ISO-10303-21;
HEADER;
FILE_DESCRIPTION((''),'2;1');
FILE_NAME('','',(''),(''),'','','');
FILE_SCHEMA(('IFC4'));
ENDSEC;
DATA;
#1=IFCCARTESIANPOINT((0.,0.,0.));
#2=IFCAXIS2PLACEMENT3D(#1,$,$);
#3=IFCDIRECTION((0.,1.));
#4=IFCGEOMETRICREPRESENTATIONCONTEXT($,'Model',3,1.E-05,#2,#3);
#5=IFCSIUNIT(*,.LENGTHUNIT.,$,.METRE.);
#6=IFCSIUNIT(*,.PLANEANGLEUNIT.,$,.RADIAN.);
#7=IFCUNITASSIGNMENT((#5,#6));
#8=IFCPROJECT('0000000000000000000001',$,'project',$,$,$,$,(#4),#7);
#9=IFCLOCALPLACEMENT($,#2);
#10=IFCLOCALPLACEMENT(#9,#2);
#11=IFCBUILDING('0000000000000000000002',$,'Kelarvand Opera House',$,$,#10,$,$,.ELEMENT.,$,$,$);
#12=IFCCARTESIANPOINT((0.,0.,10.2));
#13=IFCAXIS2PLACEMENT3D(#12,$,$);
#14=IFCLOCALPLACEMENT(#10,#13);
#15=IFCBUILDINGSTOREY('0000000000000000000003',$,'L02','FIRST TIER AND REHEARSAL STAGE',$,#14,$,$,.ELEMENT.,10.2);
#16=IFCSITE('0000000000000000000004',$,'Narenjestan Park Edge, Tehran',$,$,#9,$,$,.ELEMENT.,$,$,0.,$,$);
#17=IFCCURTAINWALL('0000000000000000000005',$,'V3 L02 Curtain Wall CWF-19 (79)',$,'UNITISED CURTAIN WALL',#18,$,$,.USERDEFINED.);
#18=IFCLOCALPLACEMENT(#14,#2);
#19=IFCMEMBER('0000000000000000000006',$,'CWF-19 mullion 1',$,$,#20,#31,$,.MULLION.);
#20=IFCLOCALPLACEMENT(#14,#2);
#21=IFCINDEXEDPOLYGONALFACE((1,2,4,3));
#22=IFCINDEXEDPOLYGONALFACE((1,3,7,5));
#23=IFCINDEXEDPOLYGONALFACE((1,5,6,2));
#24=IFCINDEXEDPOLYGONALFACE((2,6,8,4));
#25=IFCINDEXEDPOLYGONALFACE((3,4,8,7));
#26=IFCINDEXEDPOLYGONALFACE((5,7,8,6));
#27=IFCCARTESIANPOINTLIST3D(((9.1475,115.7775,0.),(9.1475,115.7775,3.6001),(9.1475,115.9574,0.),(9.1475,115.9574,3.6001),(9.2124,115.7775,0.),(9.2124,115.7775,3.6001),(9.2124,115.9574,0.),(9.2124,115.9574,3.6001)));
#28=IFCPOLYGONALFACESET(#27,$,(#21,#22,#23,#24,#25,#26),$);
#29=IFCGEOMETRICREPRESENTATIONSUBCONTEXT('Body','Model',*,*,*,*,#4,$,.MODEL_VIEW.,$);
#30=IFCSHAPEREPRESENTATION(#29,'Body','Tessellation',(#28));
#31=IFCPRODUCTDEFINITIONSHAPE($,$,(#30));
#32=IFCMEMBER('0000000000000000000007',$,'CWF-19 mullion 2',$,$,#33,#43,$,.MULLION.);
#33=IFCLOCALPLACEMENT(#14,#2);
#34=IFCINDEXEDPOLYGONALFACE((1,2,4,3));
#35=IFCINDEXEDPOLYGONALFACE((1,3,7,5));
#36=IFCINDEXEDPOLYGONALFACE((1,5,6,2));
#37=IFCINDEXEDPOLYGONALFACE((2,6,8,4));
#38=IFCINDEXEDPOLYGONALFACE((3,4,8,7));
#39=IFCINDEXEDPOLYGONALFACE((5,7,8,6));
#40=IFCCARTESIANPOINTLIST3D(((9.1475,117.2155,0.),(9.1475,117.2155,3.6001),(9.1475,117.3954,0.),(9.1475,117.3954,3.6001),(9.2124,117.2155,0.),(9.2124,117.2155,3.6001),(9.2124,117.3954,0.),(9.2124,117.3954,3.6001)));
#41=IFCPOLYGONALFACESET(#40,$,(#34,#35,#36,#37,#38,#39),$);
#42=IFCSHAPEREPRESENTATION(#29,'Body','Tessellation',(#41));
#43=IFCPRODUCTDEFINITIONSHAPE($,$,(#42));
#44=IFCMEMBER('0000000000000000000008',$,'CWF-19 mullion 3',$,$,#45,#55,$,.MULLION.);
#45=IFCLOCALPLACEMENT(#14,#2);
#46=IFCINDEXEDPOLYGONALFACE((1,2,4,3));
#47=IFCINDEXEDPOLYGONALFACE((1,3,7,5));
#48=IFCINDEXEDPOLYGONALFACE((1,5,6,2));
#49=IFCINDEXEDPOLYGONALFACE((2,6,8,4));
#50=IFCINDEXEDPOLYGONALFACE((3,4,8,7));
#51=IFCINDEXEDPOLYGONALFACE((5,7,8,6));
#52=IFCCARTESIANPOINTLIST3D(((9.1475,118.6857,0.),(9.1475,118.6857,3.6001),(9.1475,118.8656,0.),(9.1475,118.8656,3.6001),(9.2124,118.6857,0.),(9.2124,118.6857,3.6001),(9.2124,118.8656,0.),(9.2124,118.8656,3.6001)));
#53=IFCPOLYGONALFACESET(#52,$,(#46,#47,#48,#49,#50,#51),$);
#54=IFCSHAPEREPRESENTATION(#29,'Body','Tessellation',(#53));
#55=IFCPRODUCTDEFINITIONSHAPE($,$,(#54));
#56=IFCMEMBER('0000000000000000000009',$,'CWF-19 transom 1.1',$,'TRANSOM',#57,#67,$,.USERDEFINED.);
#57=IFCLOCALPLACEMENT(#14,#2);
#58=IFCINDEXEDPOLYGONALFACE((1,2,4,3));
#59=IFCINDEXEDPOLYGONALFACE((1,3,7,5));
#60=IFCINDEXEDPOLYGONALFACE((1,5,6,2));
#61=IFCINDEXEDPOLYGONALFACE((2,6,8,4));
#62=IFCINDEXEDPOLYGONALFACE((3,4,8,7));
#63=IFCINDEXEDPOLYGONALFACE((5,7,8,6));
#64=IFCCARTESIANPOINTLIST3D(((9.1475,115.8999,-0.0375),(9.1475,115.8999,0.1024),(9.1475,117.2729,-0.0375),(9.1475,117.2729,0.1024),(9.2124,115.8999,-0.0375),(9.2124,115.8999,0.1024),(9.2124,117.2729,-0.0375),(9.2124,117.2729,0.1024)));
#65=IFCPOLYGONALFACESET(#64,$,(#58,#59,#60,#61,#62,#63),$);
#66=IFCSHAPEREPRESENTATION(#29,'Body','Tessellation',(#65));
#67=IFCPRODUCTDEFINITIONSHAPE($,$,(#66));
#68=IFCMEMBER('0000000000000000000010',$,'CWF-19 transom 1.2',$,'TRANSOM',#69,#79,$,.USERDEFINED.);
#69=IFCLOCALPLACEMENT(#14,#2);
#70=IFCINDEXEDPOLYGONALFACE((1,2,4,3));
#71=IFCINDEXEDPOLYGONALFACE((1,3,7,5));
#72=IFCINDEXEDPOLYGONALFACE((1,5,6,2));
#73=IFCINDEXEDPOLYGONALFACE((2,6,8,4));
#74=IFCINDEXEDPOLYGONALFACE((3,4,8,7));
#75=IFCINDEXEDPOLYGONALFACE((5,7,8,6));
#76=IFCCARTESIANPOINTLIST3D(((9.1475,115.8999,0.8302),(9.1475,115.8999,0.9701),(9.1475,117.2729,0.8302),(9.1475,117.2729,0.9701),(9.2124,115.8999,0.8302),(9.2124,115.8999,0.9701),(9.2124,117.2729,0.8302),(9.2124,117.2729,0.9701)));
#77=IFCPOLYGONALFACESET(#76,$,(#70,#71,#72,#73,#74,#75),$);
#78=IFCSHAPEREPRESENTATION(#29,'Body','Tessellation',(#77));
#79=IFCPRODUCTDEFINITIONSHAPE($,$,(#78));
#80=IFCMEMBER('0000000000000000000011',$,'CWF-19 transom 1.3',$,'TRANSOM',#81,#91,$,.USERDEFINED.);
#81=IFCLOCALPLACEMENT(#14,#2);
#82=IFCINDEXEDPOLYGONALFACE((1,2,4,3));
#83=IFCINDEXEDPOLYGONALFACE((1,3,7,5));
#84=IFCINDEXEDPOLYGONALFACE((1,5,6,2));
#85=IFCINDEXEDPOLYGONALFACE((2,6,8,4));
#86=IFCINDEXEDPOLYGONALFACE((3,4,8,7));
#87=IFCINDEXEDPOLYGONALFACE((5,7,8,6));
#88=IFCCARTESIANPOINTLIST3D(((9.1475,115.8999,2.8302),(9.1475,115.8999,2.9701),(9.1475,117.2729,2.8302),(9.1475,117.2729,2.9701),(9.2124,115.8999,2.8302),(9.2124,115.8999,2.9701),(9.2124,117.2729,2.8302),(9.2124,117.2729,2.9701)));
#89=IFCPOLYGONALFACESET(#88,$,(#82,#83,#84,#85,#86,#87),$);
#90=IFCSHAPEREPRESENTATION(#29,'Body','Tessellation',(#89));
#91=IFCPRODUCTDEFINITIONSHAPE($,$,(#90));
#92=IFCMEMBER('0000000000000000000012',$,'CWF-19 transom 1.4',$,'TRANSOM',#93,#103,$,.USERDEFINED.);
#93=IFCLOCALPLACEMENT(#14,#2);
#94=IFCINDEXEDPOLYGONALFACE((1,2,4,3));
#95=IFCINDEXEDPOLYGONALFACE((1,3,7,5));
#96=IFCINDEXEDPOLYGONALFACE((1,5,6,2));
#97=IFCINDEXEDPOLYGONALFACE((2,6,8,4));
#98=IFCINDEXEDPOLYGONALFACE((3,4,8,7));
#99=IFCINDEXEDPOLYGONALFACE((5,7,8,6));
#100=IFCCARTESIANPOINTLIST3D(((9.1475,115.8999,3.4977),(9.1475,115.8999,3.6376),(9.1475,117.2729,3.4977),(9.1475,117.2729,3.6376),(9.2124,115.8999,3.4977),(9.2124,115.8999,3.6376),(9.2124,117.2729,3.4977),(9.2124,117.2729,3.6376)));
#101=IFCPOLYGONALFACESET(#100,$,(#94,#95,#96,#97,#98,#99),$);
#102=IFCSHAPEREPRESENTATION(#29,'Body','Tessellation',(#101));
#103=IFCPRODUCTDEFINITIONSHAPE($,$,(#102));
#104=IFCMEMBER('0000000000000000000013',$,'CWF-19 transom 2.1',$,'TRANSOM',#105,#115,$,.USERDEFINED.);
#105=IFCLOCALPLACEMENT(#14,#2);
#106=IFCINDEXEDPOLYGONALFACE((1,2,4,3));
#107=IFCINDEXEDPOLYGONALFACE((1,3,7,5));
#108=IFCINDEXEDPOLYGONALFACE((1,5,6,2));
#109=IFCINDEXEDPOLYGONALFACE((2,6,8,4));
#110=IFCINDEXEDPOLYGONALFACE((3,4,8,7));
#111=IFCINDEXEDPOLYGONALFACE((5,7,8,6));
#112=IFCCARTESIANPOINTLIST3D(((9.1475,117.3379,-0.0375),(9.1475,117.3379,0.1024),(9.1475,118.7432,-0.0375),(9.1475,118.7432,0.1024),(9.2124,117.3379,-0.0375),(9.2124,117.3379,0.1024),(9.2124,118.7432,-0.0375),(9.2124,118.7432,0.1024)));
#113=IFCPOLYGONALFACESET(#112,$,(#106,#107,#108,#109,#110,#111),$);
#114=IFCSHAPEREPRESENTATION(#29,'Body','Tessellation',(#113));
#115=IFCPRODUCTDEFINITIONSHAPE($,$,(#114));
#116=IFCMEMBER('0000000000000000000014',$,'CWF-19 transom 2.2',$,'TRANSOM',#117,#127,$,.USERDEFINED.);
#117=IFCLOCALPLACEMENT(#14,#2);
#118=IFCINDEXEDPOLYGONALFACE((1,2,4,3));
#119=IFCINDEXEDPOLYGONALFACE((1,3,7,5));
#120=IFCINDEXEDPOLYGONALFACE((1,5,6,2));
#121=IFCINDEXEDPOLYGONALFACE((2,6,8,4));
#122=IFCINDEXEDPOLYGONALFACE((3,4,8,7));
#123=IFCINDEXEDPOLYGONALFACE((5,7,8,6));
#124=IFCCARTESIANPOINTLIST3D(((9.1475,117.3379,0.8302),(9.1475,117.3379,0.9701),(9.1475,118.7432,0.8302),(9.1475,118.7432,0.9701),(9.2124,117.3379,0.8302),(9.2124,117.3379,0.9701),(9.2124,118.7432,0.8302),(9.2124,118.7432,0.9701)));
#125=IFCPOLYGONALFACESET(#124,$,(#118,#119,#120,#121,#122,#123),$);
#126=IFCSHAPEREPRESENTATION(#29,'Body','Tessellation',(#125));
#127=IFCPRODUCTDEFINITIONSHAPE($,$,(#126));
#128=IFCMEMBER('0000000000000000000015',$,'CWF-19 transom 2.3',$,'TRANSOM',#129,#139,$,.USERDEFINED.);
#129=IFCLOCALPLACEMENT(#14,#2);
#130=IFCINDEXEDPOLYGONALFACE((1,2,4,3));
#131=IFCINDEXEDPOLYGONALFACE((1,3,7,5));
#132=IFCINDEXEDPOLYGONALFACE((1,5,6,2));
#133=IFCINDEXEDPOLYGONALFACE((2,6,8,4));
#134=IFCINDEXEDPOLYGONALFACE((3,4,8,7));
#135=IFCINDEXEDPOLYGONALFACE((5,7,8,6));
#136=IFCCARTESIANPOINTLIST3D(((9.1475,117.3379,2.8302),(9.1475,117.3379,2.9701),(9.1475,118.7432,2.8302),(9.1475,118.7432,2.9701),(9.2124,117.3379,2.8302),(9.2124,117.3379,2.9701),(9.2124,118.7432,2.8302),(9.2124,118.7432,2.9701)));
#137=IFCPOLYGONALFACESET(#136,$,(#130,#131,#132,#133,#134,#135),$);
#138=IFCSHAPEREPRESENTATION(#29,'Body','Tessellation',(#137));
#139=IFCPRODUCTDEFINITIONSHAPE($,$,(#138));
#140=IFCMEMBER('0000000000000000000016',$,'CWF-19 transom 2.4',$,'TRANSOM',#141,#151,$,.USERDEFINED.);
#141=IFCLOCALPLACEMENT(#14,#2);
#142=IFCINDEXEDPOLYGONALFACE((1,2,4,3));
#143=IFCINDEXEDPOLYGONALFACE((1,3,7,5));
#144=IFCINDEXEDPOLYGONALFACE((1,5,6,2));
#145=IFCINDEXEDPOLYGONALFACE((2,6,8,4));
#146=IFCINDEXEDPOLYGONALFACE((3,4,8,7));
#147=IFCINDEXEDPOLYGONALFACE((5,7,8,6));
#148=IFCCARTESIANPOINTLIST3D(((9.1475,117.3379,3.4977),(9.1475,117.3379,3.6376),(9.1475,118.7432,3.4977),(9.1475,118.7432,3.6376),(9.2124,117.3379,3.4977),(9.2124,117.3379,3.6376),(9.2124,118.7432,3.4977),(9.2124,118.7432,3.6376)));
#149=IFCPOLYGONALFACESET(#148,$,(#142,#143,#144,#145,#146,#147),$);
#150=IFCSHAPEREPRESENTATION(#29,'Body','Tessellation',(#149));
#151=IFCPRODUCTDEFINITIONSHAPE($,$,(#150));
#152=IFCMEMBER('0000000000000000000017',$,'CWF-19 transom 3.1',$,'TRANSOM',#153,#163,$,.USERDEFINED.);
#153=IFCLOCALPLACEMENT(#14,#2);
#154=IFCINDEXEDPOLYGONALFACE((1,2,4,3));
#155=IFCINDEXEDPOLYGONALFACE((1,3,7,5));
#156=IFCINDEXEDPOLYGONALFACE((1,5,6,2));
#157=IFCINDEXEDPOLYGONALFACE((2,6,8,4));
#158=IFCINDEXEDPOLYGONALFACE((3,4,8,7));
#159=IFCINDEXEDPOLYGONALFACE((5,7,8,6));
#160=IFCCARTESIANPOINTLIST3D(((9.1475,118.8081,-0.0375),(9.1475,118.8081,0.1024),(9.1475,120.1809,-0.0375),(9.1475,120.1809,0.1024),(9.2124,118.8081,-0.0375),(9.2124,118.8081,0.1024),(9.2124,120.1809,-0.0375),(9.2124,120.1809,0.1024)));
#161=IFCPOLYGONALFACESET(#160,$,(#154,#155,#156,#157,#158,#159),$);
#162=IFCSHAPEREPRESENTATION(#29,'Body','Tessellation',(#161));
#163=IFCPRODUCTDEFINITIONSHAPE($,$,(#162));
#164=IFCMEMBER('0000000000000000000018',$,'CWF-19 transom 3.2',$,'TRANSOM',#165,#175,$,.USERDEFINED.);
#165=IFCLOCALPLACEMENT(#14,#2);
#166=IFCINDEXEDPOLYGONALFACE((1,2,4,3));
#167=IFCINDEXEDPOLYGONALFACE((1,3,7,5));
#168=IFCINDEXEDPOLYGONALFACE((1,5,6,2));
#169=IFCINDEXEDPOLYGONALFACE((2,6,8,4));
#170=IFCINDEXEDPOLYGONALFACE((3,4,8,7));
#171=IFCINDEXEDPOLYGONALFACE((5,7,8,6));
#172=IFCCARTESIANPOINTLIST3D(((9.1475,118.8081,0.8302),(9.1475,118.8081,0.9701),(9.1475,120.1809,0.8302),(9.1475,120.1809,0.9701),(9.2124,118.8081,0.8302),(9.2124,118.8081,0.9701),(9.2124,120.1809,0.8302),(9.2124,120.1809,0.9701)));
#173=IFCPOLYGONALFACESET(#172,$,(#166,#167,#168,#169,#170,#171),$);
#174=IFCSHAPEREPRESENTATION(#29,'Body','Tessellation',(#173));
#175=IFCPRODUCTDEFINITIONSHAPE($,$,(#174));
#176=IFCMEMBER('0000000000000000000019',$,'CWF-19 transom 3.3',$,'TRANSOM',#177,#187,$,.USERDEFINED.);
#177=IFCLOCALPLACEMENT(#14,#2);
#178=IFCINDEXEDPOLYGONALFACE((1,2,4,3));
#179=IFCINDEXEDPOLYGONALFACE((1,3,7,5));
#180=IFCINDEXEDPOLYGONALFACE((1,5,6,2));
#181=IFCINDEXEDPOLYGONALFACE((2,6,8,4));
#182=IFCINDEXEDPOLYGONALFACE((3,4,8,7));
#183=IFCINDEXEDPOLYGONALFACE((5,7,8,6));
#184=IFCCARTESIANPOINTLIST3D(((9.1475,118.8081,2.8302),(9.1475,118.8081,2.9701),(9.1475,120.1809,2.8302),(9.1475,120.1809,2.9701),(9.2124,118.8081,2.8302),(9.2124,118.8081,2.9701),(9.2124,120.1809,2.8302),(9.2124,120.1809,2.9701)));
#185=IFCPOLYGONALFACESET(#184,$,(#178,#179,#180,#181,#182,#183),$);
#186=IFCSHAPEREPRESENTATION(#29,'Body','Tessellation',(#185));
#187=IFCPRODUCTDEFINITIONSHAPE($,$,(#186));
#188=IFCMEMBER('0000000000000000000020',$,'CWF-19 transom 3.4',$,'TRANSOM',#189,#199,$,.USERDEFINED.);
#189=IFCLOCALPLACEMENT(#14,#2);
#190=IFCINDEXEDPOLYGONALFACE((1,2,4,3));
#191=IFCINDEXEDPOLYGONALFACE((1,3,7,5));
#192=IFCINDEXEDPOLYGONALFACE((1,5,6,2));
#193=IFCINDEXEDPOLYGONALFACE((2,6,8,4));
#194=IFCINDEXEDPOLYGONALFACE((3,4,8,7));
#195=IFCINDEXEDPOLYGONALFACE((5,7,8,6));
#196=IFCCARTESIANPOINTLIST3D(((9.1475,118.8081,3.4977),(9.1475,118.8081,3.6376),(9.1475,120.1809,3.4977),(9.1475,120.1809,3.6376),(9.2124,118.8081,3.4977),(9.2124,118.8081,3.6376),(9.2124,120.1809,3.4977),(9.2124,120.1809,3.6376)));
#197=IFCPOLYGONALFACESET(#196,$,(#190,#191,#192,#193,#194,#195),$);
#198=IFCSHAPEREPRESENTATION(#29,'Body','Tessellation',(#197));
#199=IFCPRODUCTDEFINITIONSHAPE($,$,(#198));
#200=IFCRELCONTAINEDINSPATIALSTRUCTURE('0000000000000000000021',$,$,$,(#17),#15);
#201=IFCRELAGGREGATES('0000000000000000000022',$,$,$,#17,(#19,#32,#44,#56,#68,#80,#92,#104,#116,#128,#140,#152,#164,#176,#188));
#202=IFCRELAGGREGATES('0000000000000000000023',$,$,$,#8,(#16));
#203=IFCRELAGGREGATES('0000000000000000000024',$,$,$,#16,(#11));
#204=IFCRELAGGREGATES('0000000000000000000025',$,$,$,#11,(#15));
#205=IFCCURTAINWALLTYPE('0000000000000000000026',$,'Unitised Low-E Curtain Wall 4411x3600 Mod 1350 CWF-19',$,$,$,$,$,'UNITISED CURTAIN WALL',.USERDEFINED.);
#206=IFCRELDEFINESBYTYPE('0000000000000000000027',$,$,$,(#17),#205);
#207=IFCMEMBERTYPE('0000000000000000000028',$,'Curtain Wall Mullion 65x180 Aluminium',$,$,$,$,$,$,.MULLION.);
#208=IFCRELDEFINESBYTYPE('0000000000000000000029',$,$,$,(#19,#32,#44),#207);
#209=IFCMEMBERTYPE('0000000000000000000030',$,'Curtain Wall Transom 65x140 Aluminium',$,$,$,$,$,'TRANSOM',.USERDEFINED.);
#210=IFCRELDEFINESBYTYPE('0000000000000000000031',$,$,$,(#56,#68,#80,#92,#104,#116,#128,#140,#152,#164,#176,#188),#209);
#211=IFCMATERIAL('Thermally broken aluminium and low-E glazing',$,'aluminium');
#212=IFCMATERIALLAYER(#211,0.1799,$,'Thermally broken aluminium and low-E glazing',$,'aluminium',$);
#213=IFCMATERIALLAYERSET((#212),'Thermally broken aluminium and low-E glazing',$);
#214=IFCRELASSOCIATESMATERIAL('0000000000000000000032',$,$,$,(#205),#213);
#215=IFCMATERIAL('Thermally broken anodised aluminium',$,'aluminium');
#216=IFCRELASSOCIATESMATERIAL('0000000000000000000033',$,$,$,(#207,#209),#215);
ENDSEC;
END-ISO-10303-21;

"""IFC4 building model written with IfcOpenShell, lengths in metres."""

from ifc_helpers import new_model, si_unit, direction, frame, origin, origin_2d, place, context, subcontext, project, spatial, rectangle, extrude, material, layer, layer_set, material_profile, profile_set, type_object, element, aggregate, save


model = new_model("IFC4")

# Units and contexts
model_context = context("Model", 3, precision=1e-05, world=origin(), true_north=direction((0.0, 1.0)))
body_context = subcontext(model_context, "Body", "Model", "MODEL_VIEW")
ifc_project = project(units=[si_unit("LENGTHUNIT", "METRE"), si_unit("PLANEANGLEUNIT", "RADIAN")], contexts=[model_context])

# Site, building, storey
site_placement = place(None, origin())
site = spatial("IfcSite", under=ifc_project, at=site_placement, Name="Narenjestan Park Edge, Tehran", CompositionType="ELEMENT", RefElevation=0.0)
building_placement = place(site_placement, origin())
building = spatial("IfcBuilding", under=site, at=building_placement, Name="Kelarvand Opera House", CompositionType="ELEMENT")
storey_placement = place(building_placement, frame((0.0, 0.0, 10.2)))
storey = spatial("IfcBuildingStorey", under=building, at=storey_placement, Name="L02", Description="FIRST TIER AND REHEARSAL STAGE", CompositionType="ELEMENT", Elevation=10.2)

# Curtain wall, members
ifc_material_1 = material(Name="Thermally broken aluminium and low-E glazing", Category="aluminium")
ifc_layer_1 = layer(ifc_material_1, 0.1799, Name="Thermally broken aluminium and low-E glazing", Category="aluminium")
ifc_layer_set_1 = layer_set([ifc_layer_1], Name="Thermally broken aluminium and low-E glazing")
curtain_wall_type = type_object("IfcCurtainWallType", Name="Unitised Low-E Curtain Wall 4411x3600 Mod 1350 CWF-19", ElementType="UNITISED CURTAIN WALL", PredefinedType="USERDEFINED", material=ifc_layer_set_1)
curtain_wall_placement = place(storey_placement, origin())
curtain_wall = element("IfcCurtainWall", 1, at=curtain_wall_placement, inside=storey, type_object=curtain_wall_type, Name="V3 L02 Curtain Wall CWF-19 (79)", ObjectType="UNITISED CURTAIN WALL", PredefinedType="USERDEFINED")
ifc_material_2 = material(Name="Thermally broken anodised aluminium", Category="aluminium")
ifc_material_profile_1 = material_profile(ifc_material_2, rectangle(XDim=0.0649, YDim=0.1799, at=origin_2d()), Name="ALU MULLION 65x180", Category="aluminium")
ifc_profile_set_1 = profile_set([ifc_material_profile_1], Name="Thermally broken anodised aluminium")
member_type_1 = type_object("IfcMemberType", Name="Curtain Wall Mullion 65x180 Aluminium", PredefinedType="MULLION", material=ifc_profile_set_1)
member_1_placement = place(storey_placement, frame((9.1799, 115.8674, 0.0), z_axis=(0.0, 0.0, 1.0), x_axis=(-1.0, 0.0, 0.0)))
member_1 = element("IfcMember", 2, at=member_1_placement, type_object=member_type_1, Name="CWF-19 mullion 1", PredefinedType="MULLION", context=body_context, shape_type="SweptSolid", body=[
    extrude(rectangle(XDim=0.0649, YDim=0.1799, at=origin_2d()), origin(), (0.0, 0.0, 1.0), 3.6001),
])
member_2_placement = place(storey_placement, frame((9.1799, 117.3054, 0.0), z_axis=(0.0, 0.0, 1.0), x_axis=(-1.0, 0.0, 0.0)))
member_2 = element("IfcMember", 3, at=member_2_placement, type_object=member_type_1, Name="CWF-19 mullion 2", PredefinedType="MULLION", context=body_context, shape_type="SweptSolid", body=[
    extrude(rectangle(XDim=0.0649, YDim=0.1799, at=origin_2d()), origin(), (0.0, 0.0, 1.0), 3.6001),
])
member_3_placement = place(storey_placement, frame((9.1799, 118.7756, 0.0), z_axis=(0.0, 0.0, 1.0), x_axis=(-1.0, 0.0, 0.0)))
member_3 = element("IfcMember", 4, at=member_3_placement, type_object=member_type_1, Name="CWF-19 mullion 3", PredefinedType="MULLION", context=body_context, shape_type="SweptSolid", body=[
    extrude(rectangle(XDim=0.0649, YDim=0.1799, at=origin_2d()), origin(), (0.0, 0.0, 1.0), 3.6001),
])
ifc_material_profile_2 = material_profile(ifc_material_2, rectangle(XDim=0.0649, YDim=0.1399, at=origin_2d()), Name="ALU TRANSOM 65x140", Category="aluminium")
ifc_profile_set_2 = profile_set([ifc_material_profile_2], Name="Thermally broken anodised aluminium")
member_type_2 = type_object("IfcMemberType", Name="Curtain Wall Transom 65x140 Aluminium", ElementType="TRANSOM", PredefinedType="USERDEFINED", material=ifc_profile_set_2)
member_4_placement = place(storey_placement, frame((9.1799, 115.8999, 0.0325), z_axis=(0.0, 1.0, 0.0), x_axis=(-1.0, 0.0, 0.0)))
member_4 = element("IfcMember", 5, at=member_4_placement, type_object=member_type_2, Name="CWF-19 transom 1.1", ObjectType="TRANSOM", PredefinedType="USERDEFINED", context=body_context, shape_type="SweptSolid", body=[
    extrude(rectangle(XDim=0.0649, YDim=0.1399, at=origin_2d()), origin(), (0.0, 0.0, 1.0), 1.373),
])
member_5_placement = place(storey_placement, frame((9.1799, 115.8999, 0.9001), z_axis=(0.0, 1.0, 0.0), x_axis=(-1.0, 0.0, 0.0)))
member_5 = element("IfcMember", 6, at=member_5_placement, type_object=member_type_2, Name="CWF-19 transom 1.2", ObjectType="TRANSOM", PredefinedType="USERDEFINED", context=body_context, shape_type="SweptSolid", body=[
    extrude(rectangle(XDim=0.0649, YDim=0.1399, at=origin_2d()), origin(), (0.0, 0.0, 1.0), 1.373),
])
member_6_placement = place(storey_placement, frame((9.1799, 115.8999, 2.9001), z_axis=(0.0, 1.0, 0.0), x_axis=(-1.0, 0.0, 0.0)))
member_6 = element("IfcMember", 7, at=member_6_placement, type_object=member_type_2, Name="CWF-19 transom 1.3", ObjectType="TRANSOM", PredefinedType="USERDEFINED", context=body_context, shape_type="SweptSolid", body=[
    extrude(rectangle(XDim=0.0649, YDim=0.1399, at=origin_2d()), origin(), (0.0, 0.0, 1.0), 1.373),
])
member_7_placement = place(storey_placement, frame((9.1799, 115.8999, 3.5676), z_axis=(0.0, 1.0, 0.0), x_axis=(-1.0, 0.0, 0.0)))
member_7 = element("IfcMember", 8, at=member_7_placement, type_object=member_type_2, Name="CWF-19 transom 1.4", ObjectType="TRANSOM", PredefinedType="USERDEFINED", context=body_context, shape_type="SweptSolid", body=[
    extrude(rectangle(XDim=0.0649, YDim=0.1399, at=origin_2d()), origin(), (0.0, 0.0, 1.0), 1.373),
])
member_8_placement = place(storey_placement, frame((9.1799, 117.3379, 0.0325), z_axis=(0.0, 1.0, 0.0), x_axis=(-1.0, 0.0, 0.0)))
member_8 = element("IfcMember", 9, at=member_8_placement, type_object=member_type_2, Name="CWF-19 transom 2.1", ObjectType="TRANSOM", PredefinedType="USERDEFINED", context=body_context, shape_type="SweptSolid", body=[
    extrude(rectangle(XDim=0.0649, YDim=0.1399, at=origin_2d()), origin(), (0.0, 0.0, 1.0), 1.4053),
])
member_9_placement = place(storey_placement, frame((9.1799, 117.3379, 0.9001), z_axis=(0.0, 1.0, 0.0), x_axis=(-1.0, 0.0, 0.0)))
member_9 = element("IfcMember", 10, at=member_9_placement, type_object=member_type_2, Name="CWF-19 transom 2.2", ObjectType="TRANSOM", PredefinedType="USERDEFINED", context=body_context, shape_type="SweptSolid", body=[
    extrude(rectangle(XDim=0.0649, YDim=0.1399, at=origin_2d()), origin(), (0.0, 0.0, 1.0), 1.4053),
])
member_10_placement = place(storey_placement, frame((9.1799, 117.3379, 2.9001), z_axis=(0.0, 1.0, 0.0), x_axis=(-1.0, 0.0, 0.0)))
member_10 = element("IfcMember", 11, at=member_10_placement, type_object=member_type_2, Name="CWF-19 transom 2.3", ObjectType="TRANSOM", PredefinedType="USERDEFINED", context=body_context, shape_type="SweptSolid", body=[
    extrude(rectangle(XDim=0.0649, YDim=0.1399, at=origin_2d()), origin(), (0.0, 0.0, 1.0), 1.4053),
])
member_11_placement = place(storey_placement, frame((9.1799, 117.3379, 3.5676), z_axis=(0.0, 1.0, 0.0), x_axis=(-1.0, 0.0, 0.0)))
member_11 = element("IfcMember", 12, at=member_11_placement, type_object=member_type_2, Name="CWF-19 transom 2.4", ObjectType="TRANSOM", PredefinedType="USERDEFINED", context=body_context, shape_type="SweptSolid", body=[
    extrude(rectangle(XDim=0.0649, YDim=0.1399, at=origin_2d()), origin(), (0.0, 0.0, 1.0), 1.4053),
])
member_12_placement = place(storey_placement, frame((9.1799, 118.8081, 0.0325), z_axis=(0.0, 1.0, 0.0), x_axis=(-1.0, 0.0, 0.0)))
member_12 = element("IfcMember", 13, at=member_12_placement, type_object=member_type_2, Name="CWF-19 transom 3.1", ObjectType="TRANSOM", PredefinedType="USERDEFINED", context=body_context, shape_type="SweptSolid", body=[
    extrude(rectangle(XDim=0.0649, YDim=0.1399, at=origin_2d()), origin(), (0.0, 0.0, 1.0), 1.3728),
])
member_13_placement = place(storey_placement, frame((9.1799, 118.8081, 0.9001), z_axis=(0.0, 1.0, 0.0), x_axis=(-1.0, 0.0, 0.0)))
member_13 = element("IfcMember", 14, at=member_13_placement, type_object=member_type_2, Name="CWF-19 transom 3.2", ObjectType="TRANSOM", PredefinedType="USERDEFINED", context=body_context, shape_type="SweptSolid", body=[
    extrude(rectangle(XDim=0.0649, YDim=0.1399, at=origin_2d()), origin(), (0.0, 0.0, 1.0), 1.3728),
])
member_14_placement = place(storey_placement, frame((9.1799, 118.8081, 2.9001), z_axis=(0.0, 1.0, 0.0), x_axis=(-1.0, 0.0, 0.0)))
member_14 = element("IfcMember", 15, at=member_14_placement, type_object=member_type_2, Name="CWF-19 transom 3.3", ObjectType="TRANSOM", PredefinedType="USERDEFINED", context=body_context, shape_type="SweptSolid", body=[
    extrude(rectangle(XDim=0.0649, YDim=0.1399, at=origin_2d()), origin(), (0.0, 0.0, 1.0), 1.3728),
])
member_15_placement = place(storey_placement, frame((9.1799, 118.8081, 3.5676), z_axis=(0.0, 1.0, 0.0), x_axis=(-1.0, 0.0, 0.0)))
member_15 = element("IfcMember", 16, at=member_15_placement, type_object=member_type_2, Name="CWF-19 transom 3.4", ObjectType="TRANSOM", PredefinedType="USERDEFINED", context=body_context, shape_type="SweptSolid", body=[
    extrude(rectangle(XDim=0.0649, YDim=0.1399, at=origin_2d()), origin(), (0.0, 0.0, 1.0), 1.3728),
])

aggregate(curtain_wall, [member_1, member_2, member_3, member_4, member_5, member_6, member_7, member_8, member_9, member_10, member_11, member_12, member_13, member_14, member_15])

save(model, "model.ifc")
